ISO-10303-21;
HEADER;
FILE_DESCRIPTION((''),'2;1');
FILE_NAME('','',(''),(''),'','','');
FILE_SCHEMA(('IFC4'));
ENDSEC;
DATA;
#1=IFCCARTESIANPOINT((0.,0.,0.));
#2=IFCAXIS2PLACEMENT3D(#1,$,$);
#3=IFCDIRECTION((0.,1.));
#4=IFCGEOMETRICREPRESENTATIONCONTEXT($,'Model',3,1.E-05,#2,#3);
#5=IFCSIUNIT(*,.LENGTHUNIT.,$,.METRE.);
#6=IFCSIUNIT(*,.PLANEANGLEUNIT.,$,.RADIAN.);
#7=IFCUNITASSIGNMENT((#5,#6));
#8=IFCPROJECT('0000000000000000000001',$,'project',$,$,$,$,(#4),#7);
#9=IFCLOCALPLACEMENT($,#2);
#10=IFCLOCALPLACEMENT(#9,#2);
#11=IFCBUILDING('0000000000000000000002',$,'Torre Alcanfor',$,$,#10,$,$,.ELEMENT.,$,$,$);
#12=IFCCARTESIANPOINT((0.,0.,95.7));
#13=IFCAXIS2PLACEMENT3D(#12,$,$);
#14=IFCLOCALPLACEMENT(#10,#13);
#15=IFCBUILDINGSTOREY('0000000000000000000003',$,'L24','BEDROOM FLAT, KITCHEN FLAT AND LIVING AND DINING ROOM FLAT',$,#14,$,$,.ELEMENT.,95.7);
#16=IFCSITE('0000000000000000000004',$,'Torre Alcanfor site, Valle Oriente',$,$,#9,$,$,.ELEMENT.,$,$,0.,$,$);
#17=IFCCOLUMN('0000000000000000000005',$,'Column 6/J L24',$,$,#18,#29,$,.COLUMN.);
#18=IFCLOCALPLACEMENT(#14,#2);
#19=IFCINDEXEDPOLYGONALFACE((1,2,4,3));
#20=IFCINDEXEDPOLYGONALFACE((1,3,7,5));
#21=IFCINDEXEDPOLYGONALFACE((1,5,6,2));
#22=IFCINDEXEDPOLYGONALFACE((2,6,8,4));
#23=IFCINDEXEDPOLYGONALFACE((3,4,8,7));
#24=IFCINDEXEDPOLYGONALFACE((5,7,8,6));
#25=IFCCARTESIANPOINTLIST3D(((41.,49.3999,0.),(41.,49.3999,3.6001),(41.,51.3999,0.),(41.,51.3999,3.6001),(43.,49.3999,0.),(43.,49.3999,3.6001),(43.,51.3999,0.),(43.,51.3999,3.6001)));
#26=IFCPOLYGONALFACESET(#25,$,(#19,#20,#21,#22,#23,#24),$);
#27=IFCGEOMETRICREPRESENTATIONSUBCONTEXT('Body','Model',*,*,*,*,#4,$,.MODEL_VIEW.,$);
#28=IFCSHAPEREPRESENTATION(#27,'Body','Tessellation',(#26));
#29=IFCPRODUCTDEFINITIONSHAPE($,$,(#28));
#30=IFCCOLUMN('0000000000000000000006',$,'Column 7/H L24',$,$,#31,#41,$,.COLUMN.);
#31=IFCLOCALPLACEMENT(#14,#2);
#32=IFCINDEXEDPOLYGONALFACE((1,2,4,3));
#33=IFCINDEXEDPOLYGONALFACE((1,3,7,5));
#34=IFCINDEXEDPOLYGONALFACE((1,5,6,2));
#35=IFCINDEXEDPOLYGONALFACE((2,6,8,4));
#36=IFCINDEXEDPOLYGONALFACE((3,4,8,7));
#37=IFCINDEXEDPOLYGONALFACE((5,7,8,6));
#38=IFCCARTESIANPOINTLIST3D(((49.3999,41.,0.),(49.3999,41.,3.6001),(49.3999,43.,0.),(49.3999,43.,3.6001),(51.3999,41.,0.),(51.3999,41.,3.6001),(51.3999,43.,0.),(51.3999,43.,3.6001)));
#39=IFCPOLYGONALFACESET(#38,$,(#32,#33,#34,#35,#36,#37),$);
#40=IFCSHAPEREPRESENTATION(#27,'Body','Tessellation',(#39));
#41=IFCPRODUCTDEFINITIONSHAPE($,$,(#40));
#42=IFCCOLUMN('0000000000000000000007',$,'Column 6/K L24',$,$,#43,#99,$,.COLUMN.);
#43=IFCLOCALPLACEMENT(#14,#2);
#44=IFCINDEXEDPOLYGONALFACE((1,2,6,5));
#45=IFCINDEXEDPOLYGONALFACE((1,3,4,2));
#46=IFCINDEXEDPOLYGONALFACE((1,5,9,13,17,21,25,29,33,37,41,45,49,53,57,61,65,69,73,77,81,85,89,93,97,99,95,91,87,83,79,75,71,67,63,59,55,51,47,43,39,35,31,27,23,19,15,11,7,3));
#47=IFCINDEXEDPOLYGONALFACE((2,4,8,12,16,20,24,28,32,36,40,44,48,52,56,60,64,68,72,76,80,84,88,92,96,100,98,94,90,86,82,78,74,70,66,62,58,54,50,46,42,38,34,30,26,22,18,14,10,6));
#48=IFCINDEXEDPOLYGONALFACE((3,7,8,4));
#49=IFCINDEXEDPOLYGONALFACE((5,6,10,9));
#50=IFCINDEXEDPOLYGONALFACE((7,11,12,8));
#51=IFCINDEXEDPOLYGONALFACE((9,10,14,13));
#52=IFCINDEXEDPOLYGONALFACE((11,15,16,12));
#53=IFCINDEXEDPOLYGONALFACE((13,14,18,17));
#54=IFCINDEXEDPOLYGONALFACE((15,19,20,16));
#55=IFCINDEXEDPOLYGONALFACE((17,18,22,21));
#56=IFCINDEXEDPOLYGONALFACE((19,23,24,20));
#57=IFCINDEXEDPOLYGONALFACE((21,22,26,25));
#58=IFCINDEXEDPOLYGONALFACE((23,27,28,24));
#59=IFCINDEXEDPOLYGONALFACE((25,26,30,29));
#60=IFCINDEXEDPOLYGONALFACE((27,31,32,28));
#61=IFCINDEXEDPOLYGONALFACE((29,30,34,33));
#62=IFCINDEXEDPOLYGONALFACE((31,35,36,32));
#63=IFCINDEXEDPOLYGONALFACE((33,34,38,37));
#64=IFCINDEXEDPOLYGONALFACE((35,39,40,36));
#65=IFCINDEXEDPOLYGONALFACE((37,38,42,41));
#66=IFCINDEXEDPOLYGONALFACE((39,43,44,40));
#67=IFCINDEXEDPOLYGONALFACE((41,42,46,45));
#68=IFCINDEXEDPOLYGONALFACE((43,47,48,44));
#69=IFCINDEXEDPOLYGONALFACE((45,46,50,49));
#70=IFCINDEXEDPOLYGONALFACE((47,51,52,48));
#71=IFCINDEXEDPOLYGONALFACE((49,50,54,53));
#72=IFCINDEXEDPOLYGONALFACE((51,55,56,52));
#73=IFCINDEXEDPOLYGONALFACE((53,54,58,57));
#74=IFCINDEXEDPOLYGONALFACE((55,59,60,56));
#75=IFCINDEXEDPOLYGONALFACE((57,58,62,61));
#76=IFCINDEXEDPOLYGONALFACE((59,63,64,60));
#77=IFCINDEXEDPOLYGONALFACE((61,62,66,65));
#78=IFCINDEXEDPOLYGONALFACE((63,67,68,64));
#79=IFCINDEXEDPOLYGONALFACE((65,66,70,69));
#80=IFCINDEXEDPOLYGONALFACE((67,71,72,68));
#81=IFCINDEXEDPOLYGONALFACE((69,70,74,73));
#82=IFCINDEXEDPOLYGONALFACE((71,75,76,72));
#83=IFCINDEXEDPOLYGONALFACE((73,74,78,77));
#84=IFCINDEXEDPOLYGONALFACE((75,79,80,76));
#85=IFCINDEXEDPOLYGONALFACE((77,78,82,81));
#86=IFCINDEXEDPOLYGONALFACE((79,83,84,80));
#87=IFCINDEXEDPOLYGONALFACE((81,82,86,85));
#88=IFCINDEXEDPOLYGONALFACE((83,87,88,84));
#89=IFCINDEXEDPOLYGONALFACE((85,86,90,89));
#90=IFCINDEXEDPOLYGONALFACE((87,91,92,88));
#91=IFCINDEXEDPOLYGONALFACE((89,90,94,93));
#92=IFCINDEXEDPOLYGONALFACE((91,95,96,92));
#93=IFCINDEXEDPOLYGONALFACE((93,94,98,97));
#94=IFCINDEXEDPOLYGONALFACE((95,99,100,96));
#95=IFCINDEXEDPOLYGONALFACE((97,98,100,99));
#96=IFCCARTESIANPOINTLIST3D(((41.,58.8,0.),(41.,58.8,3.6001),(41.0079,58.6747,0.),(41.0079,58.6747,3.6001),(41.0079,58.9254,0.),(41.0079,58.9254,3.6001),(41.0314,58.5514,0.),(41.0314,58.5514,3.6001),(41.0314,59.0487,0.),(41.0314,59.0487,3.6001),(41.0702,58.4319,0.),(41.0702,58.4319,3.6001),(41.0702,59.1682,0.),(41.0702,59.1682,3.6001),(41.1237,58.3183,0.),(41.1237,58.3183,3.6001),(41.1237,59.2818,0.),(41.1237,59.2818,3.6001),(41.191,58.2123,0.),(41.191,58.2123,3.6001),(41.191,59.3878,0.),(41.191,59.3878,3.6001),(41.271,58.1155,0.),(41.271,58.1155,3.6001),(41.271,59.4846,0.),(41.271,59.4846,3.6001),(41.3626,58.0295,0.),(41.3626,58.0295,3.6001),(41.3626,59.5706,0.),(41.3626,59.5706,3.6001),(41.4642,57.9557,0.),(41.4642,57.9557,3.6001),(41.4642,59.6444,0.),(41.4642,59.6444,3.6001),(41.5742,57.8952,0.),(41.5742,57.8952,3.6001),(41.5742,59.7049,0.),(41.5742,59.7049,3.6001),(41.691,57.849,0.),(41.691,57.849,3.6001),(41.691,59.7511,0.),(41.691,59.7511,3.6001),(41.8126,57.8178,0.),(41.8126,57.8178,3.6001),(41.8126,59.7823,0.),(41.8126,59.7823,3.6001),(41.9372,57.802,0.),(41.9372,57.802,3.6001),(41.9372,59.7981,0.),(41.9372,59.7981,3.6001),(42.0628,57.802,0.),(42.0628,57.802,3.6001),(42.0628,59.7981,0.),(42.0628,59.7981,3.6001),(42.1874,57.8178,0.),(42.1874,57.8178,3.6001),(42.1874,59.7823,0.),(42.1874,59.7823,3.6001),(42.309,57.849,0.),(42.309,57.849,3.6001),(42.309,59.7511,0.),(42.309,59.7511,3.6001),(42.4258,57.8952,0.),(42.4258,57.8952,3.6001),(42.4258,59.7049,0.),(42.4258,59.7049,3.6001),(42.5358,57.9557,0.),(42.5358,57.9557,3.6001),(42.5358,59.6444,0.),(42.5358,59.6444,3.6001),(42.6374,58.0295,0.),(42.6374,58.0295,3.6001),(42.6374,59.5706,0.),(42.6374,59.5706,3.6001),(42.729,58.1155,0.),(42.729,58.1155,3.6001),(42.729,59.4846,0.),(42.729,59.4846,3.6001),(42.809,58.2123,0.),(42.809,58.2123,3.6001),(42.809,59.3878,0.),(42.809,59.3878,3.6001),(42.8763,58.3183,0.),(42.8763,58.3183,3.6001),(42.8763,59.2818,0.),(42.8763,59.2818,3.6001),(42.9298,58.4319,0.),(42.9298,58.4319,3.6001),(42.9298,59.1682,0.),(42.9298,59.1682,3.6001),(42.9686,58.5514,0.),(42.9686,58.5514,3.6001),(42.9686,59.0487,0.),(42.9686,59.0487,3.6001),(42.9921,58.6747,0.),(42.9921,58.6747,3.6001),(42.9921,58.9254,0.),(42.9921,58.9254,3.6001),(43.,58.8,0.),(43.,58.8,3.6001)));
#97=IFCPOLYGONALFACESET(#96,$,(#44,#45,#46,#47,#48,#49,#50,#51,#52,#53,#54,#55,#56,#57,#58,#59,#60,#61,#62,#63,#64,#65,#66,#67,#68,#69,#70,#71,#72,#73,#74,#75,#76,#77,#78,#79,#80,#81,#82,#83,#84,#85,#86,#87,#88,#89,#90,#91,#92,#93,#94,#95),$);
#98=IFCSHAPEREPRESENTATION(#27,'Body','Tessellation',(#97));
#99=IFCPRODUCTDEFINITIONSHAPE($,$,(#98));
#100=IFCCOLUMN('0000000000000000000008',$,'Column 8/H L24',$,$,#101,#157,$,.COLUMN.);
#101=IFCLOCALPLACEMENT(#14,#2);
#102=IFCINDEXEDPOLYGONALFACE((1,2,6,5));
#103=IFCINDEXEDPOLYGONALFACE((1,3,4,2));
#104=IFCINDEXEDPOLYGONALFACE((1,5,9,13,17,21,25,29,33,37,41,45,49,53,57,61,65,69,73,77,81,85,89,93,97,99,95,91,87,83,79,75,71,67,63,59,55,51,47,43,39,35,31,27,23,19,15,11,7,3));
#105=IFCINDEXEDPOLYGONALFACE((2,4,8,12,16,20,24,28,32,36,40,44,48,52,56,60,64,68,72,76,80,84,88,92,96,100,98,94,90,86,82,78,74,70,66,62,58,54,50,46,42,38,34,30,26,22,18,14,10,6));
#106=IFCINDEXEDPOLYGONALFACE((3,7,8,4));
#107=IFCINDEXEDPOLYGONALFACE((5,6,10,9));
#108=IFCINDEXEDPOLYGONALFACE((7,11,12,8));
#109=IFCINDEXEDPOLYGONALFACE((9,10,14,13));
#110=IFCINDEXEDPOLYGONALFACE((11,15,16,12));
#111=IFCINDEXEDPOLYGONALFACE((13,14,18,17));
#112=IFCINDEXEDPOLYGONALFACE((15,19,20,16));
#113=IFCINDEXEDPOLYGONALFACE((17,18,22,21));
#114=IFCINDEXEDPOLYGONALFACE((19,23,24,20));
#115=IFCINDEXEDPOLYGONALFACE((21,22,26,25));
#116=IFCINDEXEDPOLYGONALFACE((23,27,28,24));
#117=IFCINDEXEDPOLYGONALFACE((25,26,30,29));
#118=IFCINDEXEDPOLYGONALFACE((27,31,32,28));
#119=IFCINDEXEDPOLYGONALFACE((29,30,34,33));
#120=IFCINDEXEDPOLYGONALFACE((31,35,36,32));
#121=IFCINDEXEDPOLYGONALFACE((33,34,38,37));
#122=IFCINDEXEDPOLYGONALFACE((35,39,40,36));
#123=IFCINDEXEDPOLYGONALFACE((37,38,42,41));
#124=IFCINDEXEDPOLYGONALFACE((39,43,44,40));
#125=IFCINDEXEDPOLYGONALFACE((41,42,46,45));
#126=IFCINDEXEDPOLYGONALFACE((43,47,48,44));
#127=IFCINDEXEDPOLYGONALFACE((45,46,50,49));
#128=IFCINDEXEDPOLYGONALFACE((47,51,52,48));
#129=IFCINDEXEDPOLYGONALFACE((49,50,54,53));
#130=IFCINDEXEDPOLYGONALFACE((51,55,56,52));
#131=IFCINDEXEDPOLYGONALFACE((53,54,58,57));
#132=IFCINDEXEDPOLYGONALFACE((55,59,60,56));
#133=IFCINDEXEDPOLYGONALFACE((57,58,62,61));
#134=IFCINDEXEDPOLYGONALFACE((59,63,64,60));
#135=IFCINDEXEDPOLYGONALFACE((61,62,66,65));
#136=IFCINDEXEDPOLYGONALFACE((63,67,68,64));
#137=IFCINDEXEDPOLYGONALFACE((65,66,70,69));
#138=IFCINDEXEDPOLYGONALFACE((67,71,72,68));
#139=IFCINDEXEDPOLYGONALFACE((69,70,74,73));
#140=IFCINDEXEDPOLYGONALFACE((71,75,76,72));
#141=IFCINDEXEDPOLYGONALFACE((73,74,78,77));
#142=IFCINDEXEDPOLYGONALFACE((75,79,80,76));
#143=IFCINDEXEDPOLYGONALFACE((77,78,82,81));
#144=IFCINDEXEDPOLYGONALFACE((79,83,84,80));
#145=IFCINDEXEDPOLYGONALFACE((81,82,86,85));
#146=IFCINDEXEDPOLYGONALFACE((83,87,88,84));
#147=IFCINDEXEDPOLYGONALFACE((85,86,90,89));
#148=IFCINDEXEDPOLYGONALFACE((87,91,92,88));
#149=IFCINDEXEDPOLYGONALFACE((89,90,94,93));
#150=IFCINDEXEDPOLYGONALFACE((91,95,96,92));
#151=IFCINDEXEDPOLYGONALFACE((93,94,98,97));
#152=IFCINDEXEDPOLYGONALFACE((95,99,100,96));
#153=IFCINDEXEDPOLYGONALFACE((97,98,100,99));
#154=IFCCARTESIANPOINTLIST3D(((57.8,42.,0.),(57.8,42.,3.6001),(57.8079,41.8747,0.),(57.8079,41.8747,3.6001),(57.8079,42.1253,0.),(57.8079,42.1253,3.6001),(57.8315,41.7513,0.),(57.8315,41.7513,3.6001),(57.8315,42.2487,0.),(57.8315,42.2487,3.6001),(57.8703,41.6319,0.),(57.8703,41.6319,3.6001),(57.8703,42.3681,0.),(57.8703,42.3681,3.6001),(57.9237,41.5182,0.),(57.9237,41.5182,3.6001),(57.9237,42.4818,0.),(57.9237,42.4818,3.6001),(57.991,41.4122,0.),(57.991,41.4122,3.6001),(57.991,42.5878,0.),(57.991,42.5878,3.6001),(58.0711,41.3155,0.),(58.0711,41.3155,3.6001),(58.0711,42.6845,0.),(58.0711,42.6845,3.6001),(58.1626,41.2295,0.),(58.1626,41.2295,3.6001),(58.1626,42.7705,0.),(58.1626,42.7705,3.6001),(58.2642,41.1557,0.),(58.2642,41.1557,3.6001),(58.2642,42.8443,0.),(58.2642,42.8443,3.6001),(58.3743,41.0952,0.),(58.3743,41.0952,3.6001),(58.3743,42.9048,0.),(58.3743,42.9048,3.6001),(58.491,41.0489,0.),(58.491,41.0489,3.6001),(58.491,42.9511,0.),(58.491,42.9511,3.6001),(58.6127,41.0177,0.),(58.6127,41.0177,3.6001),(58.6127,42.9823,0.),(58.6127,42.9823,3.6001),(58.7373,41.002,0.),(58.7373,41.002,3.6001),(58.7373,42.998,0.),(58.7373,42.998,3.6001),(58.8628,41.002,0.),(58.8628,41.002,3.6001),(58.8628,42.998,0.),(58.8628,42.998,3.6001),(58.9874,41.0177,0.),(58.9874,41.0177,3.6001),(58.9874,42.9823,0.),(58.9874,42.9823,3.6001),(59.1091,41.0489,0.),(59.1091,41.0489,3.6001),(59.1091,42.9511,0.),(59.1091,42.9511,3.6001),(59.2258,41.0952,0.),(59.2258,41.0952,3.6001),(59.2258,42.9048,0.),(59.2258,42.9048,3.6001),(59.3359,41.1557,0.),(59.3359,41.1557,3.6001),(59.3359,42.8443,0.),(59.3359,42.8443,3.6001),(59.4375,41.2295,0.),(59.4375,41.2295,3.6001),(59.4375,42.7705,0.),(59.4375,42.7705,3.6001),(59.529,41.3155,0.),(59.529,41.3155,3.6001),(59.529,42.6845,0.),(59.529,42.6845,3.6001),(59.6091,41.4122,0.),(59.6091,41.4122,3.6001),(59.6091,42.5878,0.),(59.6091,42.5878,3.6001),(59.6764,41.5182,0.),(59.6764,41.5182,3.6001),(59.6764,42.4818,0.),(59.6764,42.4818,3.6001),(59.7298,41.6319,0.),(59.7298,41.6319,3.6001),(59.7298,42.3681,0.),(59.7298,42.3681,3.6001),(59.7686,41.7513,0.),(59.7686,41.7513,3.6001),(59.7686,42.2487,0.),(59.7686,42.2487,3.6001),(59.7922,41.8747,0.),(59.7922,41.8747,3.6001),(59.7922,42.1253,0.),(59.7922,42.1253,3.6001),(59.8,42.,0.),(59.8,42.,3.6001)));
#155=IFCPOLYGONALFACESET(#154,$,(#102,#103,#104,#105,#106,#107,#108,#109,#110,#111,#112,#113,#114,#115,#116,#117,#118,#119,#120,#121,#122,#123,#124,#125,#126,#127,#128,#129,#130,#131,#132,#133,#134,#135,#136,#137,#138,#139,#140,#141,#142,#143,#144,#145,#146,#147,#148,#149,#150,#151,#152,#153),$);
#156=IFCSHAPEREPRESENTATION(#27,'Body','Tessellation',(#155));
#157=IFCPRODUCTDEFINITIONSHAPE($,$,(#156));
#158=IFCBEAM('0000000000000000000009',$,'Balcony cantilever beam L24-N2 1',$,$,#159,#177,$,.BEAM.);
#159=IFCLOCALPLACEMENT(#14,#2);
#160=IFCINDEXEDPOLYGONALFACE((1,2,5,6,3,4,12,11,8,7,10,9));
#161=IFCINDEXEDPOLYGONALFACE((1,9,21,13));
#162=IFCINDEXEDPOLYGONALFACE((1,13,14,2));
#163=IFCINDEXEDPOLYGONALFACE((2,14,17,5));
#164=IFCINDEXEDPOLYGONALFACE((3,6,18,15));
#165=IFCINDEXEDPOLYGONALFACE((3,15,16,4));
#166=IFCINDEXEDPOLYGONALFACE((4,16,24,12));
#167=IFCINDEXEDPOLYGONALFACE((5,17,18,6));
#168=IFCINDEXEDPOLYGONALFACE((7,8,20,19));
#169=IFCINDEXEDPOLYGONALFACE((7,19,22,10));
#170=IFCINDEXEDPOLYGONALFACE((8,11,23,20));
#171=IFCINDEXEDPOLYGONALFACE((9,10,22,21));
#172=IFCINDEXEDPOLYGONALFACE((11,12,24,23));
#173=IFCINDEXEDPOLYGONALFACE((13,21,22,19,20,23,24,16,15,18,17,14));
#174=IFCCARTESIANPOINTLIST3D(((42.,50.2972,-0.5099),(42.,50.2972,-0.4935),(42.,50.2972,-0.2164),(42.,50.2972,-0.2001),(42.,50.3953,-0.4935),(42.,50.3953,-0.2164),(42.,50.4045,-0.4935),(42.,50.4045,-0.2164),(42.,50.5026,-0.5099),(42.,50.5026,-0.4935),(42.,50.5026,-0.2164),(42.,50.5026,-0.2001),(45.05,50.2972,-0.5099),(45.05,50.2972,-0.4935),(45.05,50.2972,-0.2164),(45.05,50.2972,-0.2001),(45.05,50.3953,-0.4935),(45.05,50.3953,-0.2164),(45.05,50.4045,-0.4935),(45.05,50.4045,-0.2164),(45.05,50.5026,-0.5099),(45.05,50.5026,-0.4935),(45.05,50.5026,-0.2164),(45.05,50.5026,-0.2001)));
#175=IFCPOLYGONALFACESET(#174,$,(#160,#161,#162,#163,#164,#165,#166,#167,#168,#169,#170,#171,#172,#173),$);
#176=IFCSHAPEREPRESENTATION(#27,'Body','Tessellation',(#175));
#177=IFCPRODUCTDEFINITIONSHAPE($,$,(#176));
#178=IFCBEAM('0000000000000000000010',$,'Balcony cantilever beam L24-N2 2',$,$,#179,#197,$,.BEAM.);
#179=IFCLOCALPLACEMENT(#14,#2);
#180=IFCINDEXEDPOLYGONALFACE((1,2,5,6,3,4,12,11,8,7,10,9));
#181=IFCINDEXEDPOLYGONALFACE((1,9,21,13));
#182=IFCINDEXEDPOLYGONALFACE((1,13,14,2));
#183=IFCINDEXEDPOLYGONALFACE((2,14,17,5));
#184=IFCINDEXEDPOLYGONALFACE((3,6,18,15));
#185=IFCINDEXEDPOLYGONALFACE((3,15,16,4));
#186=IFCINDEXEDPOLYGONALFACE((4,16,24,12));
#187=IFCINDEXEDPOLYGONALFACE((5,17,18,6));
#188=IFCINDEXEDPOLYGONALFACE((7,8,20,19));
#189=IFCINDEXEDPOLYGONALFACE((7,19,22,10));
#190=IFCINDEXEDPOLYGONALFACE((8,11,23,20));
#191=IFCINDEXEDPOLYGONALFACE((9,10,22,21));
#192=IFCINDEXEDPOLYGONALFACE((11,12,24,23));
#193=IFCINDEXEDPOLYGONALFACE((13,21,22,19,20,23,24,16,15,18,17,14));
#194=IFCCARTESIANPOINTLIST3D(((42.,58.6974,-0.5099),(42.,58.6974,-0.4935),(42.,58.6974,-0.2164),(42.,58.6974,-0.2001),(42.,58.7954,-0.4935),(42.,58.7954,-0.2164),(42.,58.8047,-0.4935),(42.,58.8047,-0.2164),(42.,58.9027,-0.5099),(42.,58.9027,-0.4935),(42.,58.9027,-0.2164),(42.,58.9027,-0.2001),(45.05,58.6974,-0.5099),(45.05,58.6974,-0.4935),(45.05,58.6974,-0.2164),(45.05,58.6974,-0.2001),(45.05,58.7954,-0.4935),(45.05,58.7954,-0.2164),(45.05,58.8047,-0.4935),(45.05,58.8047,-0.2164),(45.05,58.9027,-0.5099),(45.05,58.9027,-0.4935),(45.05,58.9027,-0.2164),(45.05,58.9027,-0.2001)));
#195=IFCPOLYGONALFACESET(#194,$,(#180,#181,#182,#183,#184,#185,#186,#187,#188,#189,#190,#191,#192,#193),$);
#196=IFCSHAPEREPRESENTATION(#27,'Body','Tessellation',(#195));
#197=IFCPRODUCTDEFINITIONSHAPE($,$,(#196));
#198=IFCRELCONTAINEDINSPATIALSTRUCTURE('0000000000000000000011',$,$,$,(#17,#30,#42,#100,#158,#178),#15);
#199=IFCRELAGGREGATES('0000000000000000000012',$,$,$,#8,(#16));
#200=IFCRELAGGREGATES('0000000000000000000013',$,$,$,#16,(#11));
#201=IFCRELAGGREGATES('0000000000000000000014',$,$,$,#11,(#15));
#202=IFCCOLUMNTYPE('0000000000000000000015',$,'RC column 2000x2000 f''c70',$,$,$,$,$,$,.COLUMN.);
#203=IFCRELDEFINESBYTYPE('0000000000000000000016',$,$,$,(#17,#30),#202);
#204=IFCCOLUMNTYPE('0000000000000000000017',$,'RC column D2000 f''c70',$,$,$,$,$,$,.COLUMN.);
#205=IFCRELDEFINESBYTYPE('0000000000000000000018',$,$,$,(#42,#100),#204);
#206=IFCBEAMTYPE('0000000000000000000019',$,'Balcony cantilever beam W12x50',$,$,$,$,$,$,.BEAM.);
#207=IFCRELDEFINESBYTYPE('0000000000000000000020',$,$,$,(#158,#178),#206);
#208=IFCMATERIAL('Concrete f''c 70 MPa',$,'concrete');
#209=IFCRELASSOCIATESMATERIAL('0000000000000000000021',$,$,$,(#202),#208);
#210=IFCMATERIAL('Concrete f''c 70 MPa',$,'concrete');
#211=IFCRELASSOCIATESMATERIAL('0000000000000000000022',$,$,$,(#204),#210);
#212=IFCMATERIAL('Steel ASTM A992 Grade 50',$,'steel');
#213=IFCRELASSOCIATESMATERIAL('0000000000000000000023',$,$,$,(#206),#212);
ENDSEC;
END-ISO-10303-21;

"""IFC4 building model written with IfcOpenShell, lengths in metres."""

from ifc_helpers import new_model, si_unit, direction, frame, origin, origin_2d, place, context, subcontext, project, spatial, rectangle, circle, i_section, extrude, material, material_profile, profile_set, type_object, element, save


model = new_model("IFC4")

# Units and contexts
model_context = context("Model", 3, precision=1e-05, world=origin(), true_north=direction((0.0, 1.0)))
body_context = subcontext(model_context, "Body", "Model", "MODEL_VIEW")
ifc_project = project(units=[si_unit("LENGTHUNIT", "METRE"), si_unit("PLANEANGLEUNIT", "RADIAN")], contexts=[model_context])

# Site, building, storey
site_placement = place(None, origin())
site = spatial("IfcSite", under=ifc_project, at=site_placement, Name="Torre Alcanfor site, Valle Oriente", CompositionType="ELEMENT", RefElevation=0.0)
building_placement = place(site_placement, origin())
building = spatial("IfcBuilding", under=site, at=building_placement, Name="Torre Alcanfor", CompositionType="ELEMENT")
storey_placement = place(building_placement, frame((0.0, 0.0, 95.7)))
storey = spatial("IfcBuildingStorey", under=building, at=storey_placement, Name="L24", Description="BEDROOM FLAT, KITCHEN FLAT AND LIVING AND DINING ROOM FLAT", CompositionType="ELEMENT", Elevation=95.7)

# Columns
ifc_material_1 = material(Name="Concrete f'c 70 MPa", Category="concrete")
ifc_material_profile_1 = material_profile(ifc_material_1, rectangle(XDim=2.0, YDim=2.0, at=origin_2d()), Name="2000x2000")
ifc_profile_set_1 = profile_set([ifc_material_profile_1], Name="Concrete f'c 70 MPa")
column_type_1 = type_object("IfcColumnType", Name="RC column 2000x2000 f'c70", PredefinedType="COLUMN", material=ifc_profile_set_1)
for number, where, z_axis, x_axis, name in (
    (1, (42.0, 50.3999, 0.0), (0.0, 0.0, 1.0), (1.0, 0.0, 0.0), "Column 6/J L24"),
    (2, (50.3999, 42.0, 0.0), (0.0, 0.0, 1.0), (1.0, 0.0, 0.0), "Column 7/H L24"),
):
    element("IfcColumn", number, at=place(storey_placement, frame(where, z_axis=z_axis, x_axis=x_axis)), inside=storey, type_object=column_type_1, Name=name, PredefinedType="COLUMN", context=body_context, shape_type="SweptSolid", body=[
        extrude(rectangle(XDim=2.0, YDim=2.0, at=origin_2d()), origin(), (0.0, 0.0, 1.0), 3.6001),
    ])
ifc_material_2 = material(Name="Concrete f'c 70 MPa", Category="concrete")
ifc_material_profile_2 = material_profile(ifc_material_2, circle(Radius=1.0, at=origin_2d()), Name="D2000")
ifc_profile_set_2 = profile_set([ifc_material_profile_2], Name="Concrete f'c 70 MPa")
column_type_2 = type_object("IfcColumnType", Name="RC column D2000 f'c70", PredefinedType="COLUMN", material=ifc_profile_set_2)
for number, where, z_axis, x_axis, name in (
    (3, (42.0, 58.8, 0.0), (0.0, 0.0, 1.0), (1.0, 0.0, 0.0), "Column 6/K L24"),
    (4, (58.8, 42.0, 0.0), (0.0, 0.0, 1.0), (1.0, 0.0, 0.0), "Column 8/H L24"),
):
    element("IfcColumn", number, at=place(storey_placement, frame(where, z_axis=z_axis, x_axis=x_axis)), inside=storey, type_object=column_type_2, Name=name, PredefinedType="COLUMN", context=body_context, shape_type="SweptSolid", body=[
        extrude(circle(Radius=1.0, at=origin_2d()), origin(), (0.0, 0.0, 1.0), 3.6001),
    ])

# Beams
ifc_material_3 = material(Name="Steel ASTM A992 Grade 50", Category="steel")
ifc_material_profile_3 = material_profile(ifc_material_3, i_section(OverallWidth=0.2053, OverallDepth=0.3098, WebThickness=0.0093, FlangeThickness=0.0164, at=origin_2d()), Name="W12x50")
ifc_profile_set_3 = profile_set([ifc_material_profile_3], Name="Steel ASTM A992 Grade 50")
beam_type_1 = type_object("IfcBeamType", Name="Balcony cantilever beam W12x50", PredefinedType="BEAM", material=ifc_profile_set_3)
for number, where, z_axis, x_axis, name in (
    (5, (42.0, 50.3999, -0.355), (1.0, 0.0, 0.0), (0.0, 1.0, 0.0), "Balcony cantilever beam L24-N2 1"),
    (6, (42.0, 58.8, -0.355), (1.0, 0.0, 0.0), (0.0, 1.0, 0.0), "Balcony cantilever beam L24-N2 2"),
):
    element("IfcBeam", number, at=place(storey_placement, frame(where, z_axis=z_axis, x_axis=x_axis)), inside=storey, type_object=beam_type_1, Name=name, PredefinedType="BEAM", context=body_context, shape_type="SweptSolid", body=[
        extrude(i_section(OverallWidth=0.2053, OverallDepth=0.3098, WebThickness=0.0093, FlangeThickness=0.0164, at=origin_2d()), origin(), (0.0, 0.0, 1.0), 3.05),
    ])

save(model, "model.ifc")
